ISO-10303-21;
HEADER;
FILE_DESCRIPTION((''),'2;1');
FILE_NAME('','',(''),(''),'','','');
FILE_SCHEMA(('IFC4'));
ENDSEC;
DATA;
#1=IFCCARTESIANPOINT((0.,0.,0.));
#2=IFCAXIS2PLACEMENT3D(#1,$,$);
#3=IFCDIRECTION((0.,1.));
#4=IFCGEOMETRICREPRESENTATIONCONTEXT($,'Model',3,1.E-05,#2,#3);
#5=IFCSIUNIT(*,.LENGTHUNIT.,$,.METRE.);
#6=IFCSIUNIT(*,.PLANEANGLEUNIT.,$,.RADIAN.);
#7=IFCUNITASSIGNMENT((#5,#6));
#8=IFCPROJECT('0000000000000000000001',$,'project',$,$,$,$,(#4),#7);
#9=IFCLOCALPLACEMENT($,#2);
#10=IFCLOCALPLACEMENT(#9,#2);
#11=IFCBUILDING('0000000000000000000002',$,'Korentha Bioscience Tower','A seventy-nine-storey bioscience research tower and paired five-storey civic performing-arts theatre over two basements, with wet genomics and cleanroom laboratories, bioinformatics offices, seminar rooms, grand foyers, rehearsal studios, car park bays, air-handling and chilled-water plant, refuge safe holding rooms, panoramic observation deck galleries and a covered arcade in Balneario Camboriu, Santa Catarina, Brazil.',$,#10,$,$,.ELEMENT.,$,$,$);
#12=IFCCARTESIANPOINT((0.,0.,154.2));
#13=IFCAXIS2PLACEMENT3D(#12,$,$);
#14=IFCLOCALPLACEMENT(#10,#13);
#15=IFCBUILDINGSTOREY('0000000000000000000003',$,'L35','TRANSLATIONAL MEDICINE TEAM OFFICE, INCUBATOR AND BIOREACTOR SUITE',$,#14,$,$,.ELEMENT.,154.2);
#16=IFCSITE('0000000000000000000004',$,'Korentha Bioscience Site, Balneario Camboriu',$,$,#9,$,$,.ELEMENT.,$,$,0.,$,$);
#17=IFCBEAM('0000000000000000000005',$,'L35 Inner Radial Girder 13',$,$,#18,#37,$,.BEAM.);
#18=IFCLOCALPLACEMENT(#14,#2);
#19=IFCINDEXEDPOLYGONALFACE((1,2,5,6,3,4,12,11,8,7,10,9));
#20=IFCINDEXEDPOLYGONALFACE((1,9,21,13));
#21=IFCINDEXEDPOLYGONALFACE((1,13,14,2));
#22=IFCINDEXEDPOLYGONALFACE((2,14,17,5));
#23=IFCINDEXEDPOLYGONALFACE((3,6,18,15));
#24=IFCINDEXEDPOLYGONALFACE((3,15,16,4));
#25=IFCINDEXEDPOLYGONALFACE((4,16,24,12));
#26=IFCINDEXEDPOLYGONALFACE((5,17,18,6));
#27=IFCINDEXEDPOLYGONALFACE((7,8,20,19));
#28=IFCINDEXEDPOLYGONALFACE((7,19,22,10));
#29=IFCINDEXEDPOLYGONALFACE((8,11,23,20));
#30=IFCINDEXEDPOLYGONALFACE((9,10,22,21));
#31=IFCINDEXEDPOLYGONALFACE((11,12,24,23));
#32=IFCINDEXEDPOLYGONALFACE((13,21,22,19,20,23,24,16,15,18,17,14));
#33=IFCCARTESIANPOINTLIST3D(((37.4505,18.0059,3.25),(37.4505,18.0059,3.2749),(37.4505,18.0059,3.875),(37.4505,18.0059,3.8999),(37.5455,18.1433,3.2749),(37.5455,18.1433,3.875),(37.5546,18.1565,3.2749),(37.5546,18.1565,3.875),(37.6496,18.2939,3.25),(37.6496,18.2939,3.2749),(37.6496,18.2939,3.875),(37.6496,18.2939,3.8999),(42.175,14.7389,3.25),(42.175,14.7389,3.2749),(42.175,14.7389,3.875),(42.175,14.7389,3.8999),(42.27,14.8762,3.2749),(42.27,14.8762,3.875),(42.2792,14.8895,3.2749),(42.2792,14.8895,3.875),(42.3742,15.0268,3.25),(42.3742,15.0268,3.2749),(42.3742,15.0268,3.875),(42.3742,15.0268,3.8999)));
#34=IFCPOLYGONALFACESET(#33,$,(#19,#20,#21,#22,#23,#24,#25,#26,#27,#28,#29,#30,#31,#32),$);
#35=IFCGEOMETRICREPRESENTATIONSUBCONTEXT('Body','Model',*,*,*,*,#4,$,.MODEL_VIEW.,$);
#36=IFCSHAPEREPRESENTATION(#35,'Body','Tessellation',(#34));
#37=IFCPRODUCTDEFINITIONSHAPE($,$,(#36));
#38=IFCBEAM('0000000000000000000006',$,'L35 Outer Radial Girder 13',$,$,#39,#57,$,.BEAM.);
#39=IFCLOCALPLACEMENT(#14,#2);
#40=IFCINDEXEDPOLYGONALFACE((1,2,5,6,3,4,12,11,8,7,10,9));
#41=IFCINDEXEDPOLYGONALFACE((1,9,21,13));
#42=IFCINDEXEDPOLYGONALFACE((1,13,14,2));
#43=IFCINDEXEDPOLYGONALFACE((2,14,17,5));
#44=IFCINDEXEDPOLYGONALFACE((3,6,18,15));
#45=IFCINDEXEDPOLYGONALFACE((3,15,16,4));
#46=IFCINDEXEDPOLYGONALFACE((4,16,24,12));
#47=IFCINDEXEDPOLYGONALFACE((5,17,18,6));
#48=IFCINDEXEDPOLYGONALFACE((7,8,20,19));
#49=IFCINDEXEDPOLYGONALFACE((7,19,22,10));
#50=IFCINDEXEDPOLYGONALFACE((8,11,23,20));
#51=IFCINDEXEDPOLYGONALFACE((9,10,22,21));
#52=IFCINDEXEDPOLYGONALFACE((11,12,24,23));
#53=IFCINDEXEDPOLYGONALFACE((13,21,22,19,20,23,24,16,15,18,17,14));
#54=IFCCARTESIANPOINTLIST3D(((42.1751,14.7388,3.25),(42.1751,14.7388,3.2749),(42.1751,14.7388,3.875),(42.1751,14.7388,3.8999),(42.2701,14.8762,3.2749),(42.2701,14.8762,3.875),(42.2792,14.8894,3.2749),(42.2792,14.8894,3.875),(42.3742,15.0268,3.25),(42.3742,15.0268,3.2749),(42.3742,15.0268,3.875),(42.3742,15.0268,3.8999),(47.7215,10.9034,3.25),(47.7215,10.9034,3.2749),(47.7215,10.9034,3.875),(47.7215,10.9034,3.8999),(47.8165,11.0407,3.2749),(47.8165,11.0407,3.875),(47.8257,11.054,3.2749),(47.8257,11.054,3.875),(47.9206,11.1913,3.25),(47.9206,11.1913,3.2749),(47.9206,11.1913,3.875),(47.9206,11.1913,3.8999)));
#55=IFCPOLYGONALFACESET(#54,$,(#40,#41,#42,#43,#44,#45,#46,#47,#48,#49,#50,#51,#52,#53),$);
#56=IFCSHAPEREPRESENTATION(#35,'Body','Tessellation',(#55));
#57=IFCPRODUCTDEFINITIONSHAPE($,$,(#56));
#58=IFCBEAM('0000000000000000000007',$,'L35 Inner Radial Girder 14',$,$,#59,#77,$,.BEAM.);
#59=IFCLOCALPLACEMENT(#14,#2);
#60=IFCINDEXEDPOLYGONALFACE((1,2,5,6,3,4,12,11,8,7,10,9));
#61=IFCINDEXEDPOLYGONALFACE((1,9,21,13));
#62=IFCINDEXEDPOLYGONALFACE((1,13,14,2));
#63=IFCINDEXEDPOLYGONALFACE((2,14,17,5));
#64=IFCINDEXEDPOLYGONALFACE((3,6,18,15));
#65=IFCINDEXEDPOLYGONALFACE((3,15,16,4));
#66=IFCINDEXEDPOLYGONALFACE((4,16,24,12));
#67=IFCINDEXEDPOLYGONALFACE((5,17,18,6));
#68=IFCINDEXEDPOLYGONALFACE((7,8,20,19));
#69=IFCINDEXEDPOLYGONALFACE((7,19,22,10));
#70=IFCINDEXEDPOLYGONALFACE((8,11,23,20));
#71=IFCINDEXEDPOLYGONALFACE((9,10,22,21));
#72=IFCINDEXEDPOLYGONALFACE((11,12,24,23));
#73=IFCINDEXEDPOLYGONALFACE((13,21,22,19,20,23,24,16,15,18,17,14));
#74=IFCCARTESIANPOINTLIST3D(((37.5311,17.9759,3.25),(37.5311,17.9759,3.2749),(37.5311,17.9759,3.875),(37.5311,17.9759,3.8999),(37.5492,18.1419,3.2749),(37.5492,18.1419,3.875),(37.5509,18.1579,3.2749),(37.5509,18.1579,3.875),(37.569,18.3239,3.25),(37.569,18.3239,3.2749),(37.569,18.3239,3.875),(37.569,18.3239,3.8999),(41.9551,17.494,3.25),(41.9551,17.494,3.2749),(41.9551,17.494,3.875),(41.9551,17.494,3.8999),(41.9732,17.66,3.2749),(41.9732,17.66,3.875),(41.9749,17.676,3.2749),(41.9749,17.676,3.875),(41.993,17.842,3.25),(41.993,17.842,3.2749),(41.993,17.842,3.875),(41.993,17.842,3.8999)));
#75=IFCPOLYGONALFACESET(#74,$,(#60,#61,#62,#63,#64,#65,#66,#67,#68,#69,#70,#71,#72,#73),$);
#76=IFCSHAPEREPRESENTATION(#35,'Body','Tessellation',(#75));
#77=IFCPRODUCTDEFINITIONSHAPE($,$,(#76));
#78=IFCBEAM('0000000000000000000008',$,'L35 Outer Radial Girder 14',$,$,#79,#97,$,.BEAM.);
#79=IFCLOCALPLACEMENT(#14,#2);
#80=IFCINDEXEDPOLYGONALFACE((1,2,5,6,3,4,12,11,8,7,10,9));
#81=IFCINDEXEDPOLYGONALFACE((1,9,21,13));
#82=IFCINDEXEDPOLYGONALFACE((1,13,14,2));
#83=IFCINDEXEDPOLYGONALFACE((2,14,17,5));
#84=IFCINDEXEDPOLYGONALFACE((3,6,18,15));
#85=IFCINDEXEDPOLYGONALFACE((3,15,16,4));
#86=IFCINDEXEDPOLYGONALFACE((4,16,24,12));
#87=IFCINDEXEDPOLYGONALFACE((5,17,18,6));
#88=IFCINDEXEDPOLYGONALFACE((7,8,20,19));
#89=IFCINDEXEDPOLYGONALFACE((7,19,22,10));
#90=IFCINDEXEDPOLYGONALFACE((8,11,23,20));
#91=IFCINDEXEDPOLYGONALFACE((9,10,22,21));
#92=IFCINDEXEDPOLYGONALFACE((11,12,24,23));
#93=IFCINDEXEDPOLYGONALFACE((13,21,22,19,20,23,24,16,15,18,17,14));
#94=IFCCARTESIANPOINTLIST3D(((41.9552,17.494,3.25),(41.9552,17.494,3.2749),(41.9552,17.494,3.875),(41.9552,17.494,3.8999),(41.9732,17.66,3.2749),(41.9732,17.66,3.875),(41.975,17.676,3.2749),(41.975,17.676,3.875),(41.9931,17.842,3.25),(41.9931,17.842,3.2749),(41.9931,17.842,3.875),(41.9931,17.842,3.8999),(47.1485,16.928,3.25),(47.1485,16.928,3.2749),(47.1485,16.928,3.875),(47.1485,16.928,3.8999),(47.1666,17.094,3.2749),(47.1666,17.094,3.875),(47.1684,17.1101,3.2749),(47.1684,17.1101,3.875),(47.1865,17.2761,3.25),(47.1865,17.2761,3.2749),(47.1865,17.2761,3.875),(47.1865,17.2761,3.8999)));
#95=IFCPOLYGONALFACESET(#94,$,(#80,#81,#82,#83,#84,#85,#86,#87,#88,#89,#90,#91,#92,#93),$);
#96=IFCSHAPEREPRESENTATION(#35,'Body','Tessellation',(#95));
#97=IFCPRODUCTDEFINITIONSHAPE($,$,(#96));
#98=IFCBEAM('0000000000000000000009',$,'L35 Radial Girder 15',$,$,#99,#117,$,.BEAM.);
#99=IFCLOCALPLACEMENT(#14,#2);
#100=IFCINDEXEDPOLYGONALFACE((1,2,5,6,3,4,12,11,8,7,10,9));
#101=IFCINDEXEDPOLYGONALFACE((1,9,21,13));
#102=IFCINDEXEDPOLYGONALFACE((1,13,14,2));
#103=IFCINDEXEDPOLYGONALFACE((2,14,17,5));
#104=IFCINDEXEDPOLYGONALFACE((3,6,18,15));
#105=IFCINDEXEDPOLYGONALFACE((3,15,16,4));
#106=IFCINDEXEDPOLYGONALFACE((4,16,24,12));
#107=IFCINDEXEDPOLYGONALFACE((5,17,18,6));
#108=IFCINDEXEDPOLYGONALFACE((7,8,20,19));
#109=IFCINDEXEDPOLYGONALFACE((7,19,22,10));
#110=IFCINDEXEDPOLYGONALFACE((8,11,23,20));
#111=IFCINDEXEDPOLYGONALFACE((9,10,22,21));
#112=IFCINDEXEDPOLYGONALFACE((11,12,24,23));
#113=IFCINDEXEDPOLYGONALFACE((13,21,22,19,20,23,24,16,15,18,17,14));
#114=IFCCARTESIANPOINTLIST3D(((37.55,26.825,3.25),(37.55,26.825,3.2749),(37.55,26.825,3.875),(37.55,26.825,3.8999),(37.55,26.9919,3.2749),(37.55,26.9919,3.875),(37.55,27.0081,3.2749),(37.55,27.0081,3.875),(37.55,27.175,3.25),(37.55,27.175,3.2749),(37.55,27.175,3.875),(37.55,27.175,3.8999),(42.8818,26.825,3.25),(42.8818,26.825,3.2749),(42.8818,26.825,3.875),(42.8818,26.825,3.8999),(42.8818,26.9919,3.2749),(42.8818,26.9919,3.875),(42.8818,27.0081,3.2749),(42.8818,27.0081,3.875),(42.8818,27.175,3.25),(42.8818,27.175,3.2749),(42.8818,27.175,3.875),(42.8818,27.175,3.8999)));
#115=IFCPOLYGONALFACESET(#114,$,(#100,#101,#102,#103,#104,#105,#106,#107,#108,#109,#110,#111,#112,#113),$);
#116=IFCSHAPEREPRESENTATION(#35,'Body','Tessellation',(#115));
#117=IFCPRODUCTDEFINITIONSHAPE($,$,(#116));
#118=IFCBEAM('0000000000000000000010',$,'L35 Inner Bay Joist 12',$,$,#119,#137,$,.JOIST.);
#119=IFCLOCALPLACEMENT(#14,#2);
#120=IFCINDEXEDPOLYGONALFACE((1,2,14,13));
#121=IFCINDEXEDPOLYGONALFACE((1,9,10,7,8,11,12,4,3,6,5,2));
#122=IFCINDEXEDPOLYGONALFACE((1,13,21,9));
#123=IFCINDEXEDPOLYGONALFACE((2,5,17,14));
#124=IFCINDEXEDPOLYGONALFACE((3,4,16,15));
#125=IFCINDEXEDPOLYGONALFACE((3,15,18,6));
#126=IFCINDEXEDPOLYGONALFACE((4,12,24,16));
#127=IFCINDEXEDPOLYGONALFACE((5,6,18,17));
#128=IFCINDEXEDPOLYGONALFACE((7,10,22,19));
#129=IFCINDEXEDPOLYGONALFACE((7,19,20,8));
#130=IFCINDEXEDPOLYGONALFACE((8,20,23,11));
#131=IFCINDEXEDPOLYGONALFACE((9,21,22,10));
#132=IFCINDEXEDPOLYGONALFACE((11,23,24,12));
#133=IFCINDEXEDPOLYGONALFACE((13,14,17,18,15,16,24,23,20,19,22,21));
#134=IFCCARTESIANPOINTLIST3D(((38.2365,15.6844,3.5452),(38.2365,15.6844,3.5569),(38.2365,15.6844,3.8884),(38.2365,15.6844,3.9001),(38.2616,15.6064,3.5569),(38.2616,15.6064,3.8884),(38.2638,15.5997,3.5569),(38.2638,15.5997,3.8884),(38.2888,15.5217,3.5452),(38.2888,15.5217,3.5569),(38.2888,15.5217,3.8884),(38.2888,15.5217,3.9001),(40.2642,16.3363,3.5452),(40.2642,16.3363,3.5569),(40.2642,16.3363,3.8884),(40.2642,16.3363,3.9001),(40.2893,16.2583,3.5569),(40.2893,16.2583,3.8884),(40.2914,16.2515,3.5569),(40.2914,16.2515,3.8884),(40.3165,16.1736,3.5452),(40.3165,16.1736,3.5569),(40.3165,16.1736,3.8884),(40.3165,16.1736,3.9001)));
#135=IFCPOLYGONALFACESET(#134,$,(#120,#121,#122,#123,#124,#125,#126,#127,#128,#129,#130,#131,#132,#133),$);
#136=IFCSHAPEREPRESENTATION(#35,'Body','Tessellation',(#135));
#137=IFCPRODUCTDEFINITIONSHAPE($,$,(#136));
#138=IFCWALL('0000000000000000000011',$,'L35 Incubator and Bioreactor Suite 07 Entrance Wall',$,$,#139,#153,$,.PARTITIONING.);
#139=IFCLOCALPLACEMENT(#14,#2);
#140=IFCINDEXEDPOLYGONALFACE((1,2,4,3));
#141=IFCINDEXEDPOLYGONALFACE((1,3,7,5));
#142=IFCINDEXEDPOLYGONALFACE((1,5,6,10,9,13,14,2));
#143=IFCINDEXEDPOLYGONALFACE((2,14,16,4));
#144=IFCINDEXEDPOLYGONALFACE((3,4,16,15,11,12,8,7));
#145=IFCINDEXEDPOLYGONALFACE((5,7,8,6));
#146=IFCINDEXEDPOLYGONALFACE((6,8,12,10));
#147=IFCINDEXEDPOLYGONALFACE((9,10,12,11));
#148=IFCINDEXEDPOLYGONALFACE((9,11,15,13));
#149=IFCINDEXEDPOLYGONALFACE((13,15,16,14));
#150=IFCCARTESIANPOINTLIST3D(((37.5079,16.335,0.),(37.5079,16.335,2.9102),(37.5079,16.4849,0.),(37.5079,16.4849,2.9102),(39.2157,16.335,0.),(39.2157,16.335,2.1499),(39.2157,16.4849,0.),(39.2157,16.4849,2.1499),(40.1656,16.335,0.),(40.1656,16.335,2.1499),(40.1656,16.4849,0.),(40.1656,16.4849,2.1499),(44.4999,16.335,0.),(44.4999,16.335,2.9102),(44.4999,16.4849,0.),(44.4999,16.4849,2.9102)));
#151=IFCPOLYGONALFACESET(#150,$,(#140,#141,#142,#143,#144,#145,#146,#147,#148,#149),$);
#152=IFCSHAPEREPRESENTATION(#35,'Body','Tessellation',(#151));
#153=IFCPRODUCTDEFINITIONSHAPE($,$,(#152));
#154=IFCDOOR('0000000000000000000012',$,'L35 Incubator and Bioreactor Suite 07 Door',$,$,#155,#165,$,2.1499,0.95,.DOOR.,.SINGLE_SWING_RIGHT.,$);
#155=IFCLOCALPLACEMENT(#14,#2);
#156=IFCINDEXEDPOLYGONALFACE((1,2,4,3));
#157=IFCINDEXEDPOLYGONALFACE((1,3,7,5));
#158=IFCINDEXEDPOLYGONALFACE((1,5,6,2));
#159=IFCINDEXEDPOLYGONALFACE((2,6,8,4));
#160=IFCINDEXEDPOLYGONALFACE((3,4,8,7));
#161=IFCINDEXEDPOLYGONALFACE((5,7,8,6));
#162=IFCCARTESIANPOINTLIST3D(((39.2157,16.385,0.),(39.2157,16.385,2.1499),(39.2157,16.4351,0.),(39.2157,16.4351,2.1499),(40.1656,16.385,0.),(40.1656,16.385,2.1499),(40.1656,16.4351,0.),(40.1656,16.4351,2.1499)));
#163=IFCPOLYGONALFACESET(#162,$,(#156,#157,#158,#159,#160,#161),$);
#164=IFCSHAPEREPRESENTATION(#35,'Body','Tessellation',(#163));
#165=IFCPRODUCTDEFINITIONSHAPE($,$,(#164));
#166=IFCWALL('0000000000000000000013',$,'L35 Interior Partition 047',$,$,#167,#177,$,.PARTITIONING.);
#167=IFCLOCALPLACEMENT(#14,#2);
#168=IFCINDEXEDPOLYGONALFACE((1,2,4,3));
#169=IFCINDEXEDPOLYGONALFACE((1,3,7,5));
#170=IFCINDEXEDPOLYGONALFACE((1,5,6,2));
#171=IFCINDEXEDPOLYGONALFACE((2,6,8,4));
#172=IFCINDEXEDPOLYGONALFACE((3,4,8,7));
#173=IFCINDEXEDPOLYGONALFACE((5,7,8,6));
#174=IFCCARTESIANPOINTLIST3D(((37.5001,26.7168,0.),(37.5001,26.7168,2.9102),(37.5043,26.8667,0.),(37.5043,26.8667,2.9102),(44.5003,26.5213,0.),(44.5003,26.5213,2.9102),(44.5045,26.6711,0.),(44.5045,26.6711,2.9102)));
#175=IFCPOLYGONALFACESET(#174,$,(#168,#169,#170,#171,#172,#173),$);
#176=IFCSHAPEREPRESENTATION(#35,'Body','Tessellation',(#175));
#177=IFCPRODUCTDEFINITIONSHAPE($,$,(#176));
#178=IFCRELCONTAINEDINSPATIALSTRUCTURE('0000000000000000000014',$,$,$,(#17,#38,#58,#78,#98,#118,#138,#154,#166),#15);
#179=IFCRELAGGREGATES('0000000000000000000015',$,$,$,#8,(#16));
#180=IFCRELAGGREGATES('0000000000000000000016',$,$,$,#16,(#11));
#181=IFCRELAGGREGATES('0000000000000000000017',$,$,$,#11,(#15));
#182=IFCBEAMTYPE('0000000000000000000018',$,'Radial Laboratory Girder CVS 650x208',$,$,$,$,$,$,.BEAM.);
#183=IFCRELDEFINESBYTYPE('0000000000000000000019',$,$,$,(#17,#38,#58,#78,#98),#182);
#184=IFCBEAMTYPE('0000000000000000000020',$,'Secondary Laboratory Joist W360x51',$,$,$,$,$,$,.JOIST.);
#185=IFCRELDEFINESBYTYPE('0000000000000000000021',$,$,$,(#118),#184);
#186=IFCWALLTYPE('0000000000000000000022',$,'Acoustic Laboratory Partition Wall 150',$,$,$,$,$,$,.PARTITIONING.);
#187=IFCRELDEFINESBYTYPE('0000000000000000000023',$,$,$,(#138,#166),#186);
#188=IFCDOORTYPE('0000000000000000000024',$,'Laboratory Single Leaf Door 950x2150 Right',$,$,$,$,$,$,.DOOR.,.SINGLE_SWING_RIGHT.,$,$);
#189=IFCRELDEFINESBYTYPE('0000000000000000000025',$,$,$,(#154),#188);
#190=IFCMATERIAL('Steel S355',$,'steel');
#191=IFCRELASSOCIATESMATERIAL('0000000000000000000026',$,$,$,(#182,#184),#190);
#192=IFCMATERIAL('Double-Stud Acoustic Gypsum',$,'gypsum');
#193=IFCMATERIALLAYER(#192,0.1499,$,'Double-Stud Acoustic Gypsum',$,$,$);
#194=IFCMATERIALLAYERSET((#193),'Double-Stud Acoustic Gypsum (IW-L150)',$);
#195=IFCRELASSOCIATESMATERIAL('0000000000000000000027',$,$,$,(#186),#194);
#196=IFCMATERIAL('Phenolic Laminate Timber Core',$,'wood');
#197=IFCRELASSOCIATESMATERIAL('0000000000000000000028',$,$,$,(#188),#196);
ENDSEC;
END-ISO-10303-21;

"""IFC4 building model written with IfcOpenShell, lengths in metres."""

from ifc_helpers import new_model, si_unit, direction, frame, frame_2d, origin, origin_2d, place, context, subcontext, project, spatial, rectangle, i_section, extrude, material, layer, layer_set, material_profile, profile_set, type_object, element, fill, save


model = new_model("IFC4")

# Units and contexts
model_context = context("Model", 3, precision=1e-05, world=origin(), true_north=direction((0.0, 1.0)))
body_context = subcontext(model_context, "Body", "Model", "MODEL_VIEW")
ifc_project = project(units=[si_unit("LENGTHUNIT", "METRE"), si_unit("PLANEANGLEUNIT", "RADIAN")], contexts=[model_context])

# Site, building, storey
site_placement = place(None, origin())
site = spatial("IfcSite", under=ifc_project, at=site_placement, Name="Korentha Bioscience Site, Balneario Camboriu", CompositionType="ELEMENT", RefElevation=0.0)
building_placement = place(site_placement, origin())
building = spatial("IfcBuilding", under=site, at=building_placement, Name="Korentha Bioscience Tower", Description="A seventy-nine-storey bioscience research tower and paired five-storey civic performing-arts theatre over two basements, with wet genomics and cleanroom laboratories, bioinformatics offices, seminar rooms, grand foyers, rehearsal studios, car park bays, air-handling and chilled-water plant, refuge safe holding rooms, panoramic observation deck galleries and a covered arcade in Balneario Camboriu, Santa Catarina, Brazil.", CompositionType="ELEMENT")
storey_placement = place(building_placement, frame((0.0, 0.0, 154.2)))
storey = spatial("IfcBuildingStorey", under=building, at=storey_placement, Name="L35", Description="TRANSLATIONAL MEDICINE TEAM OFFICE, INCUBATOR AND BIOREACTOR SUITE", CompositionType="ELEMENT", Elevation=154.2)

# Beams
ifc_material_1 = material(Name="Steel S355", Category="steel")
ifc_material_profile_1 = material_profile(ifc_material_1, i_section(OverallWidth=0.3501, OverallDepth=0.6499, WebThickness=0.0161, FlangeThickness=0.0249, at=origin_2d()), Name="Steel S355")
ifc_profile_set_1 = profile_set([ifc_material_profile_1], Name="Steel S355 (RB-650)")
beam_type_1 = type_object("IfcBeamType", Name="Radial Laboratory Girder CVS 650x208", PredefinedType="BEAM", material=ifc_profile_set_1)
beam_1_placement = place(storey_placement, frame((37.55, 18.1499, 3.575), z_axis=(0.822501, -0.568763, 0.0), x_axis=(0.568763, 0.822501, 0.0)))
element("IfcBeam", 1, at=beam_1_placement, inside=storey, type_object=beam_type_1, Name="L35 Inner Radial Girder 13", PredefinedType="BEAM", context=body_context, shape_type="SweptSolid", body=[
    extrude(i_section(OverallWidth=0.3501, OverallDepth=0.6499, WebThickness=0.0161, FlangeThickness=0.0249, at=origin_2d()), origin(), (0.0, 0.0, 1.0), 5.7441),
])
beam_2_placement = place(storey_placement, frame((42.2747, 14.8828, 3.575), z_axis=(0.822494, -0.568773, 0.0), x_axis=(0.568773, 0.822494, 0.0)))
element("IfcBeam", 2, at=beam_2_placement, inside=storey, type_object=beam_type_1, Name="L35 Outer Radial Girder 13", PredefinedType="BEAM", context=body_context, shape_type="SweptSolid", body=[
    extrude(i_section(OverallWidth=0.3501, OverallDepth=0.6499, WebThickness=0.0161, FlangeThickness=0.0249, at=origin_2d()), origin(), (0.0, 0.0, 1.0), 6.7434),
])
beam_3_placement = place(storey_placement, frame((37.55, 18.1499, 3.575), z_axis=(0.994119, -0.108294, 0.0), x_axis=(0.108294, 0.994119, 0.0)))
element("IfcBeam", 3, at=beam_3_placement, inside=storey, type_object=beam_type_1, Name="L35 Inner Radial Girder 14", PredefinedType="BEAM", context=body_context, shape_type="SweptSolid", body=[
    extrude(i_section(OverallWidth=0.3501, OverallDepth=0.6499, WebThickness=0.0161, FlangeThickness=0.0249, at=origin_2d()), origin(), (0.0, 0.0, 1.0), 4.4502),
])
beam_4_placement = place(storey_placement, frame((41.9741, 17.668, 3.575), z_axis=(0.994115, -0.108328, 0.0), x_axis=(0.108328, 0.994115, 0.0)))
element("IfcBeam", 4, at=beam_4_placement, inside=storey, type_object=beam_type_1, Name="L35 Outer Radial Girder 14", PredefinedType="BEAM", context=body_context, shape_type="SweptSolid", body=[
    extrude(i_section(OverallWidth=0.3501, OverallDepth=0.6499, WebThickness=0.0161, FlangeThickness=0.0249, at=origin_2d()), origin(), (0.0, 0.0, 1.0), 5.2241),
])
beam_5_placement = place(storey_placement, frame((37.55, 27.0, 3.575), z_axis=(1.0, 0.0, 0.0), x_axis=(0.0, 1.0, 0.0)))
element("IfcBeam", 5, at=beam_5_placement, inside=storey, type_object=beam_type_1, Name="L35 Radial Girder 15", PredefinedType="BEAM", context=body_context, shape_type="SweptSolid", body=[
    extrude(i_section(OverallWidth=0.3501, OverallDepth=0.6499, WebThickness=0.0161, FlangeThickness=0.0249, at=origin_2d()), origin(), (0.0, 0.0, 1.0), 5.3318),
])
ifc_material_profile_2 = material_profile(ifc_material_1, i_section(OverallWidth=0.1709, OverallDepth=0.355, WebThickness=0.0071, FlangeThickness=0.0117, at=origin_2d()), Name="Steel S355")
ifc_profile_set_2 = profile_set([ifc_material_profile_2], Name="Steel S355 (JB-360)")
beam_type_2 = type_object("IfcBeamType", Name="Secondary Laboratory Joist W360x51", PredefinedType="JOIST", material=ifc_profile_set_2)
beam_6_placement = place(storey_placement, frame((38.2627, 15.603, 3.7227), z_axis=(0.952011, 0.306065, 0.0), x_axis=(-0.306065, 0.952011, 0.0)))
element("IfcBeam", 6, at=beam_6_placement, inside=storey, type_object=beam_type_2, Name="L35 Inner Bay Joist 12", PredefinedType="JOIST", context=body_context, shape_type="SweptSolid", body=[
    extrude(i_section(OverallWidth=0.1709, OverallDepth=0.355, WebThickness=0.0071, FlangeThickness=0.0117, at=origin_2d()), origin(), (0.0, 0.0, 1.0), 2.1299),
])

# Wall, opening, door
ifc_material_2 = material(Name="Double-Stud Acoustic Gypsum", Category="gypsum")
ifc_layer_1 = layer(ifc_material_2, 0.1499, Name="Double-Stud Acoustic Gypsum")
ifc_layer_set_1 = layer_set([ifc_layer_1], Name="Double-Stud Acoustic Gypsum (IW-L150)")
wall_type_1 = type_object("IfcWallType", Name="Acoustic Laboratory Partition Wall 150", PredefinedType="PARTITIONING", material=ifc_layer_set_1)
wall_1_placement = place(storey_placement, frame((44.5, 16.4099, 0.0), z_axis=(0.0, 0.0, 1.0), x_axis=(-1.0, 0.0, 0.0)))
wall_1 = element("IfcWall", 7, at=wall_1_placement, inside=storey, type_object=wall_type_1, Name="L35 Incubator and Bioreactor Suite 07 Entrance Wall", PredefinedType="PARTITIONING", context=body_context, shape_type="SweptSolid", body=[
    extrude(rectangle(XDim=6.9919, YDim=0.1499, at=frame_2d((3.4961, 0.0))), origin(), (0.0, 0.0, 1.0), 2.9102),
])
opening_placement = place(wall_1_placement, frame((4.3342, 0.0, 0.0)))
opening = element("IfcOpeningElement", 8, at=opening_placement, cuts=wall_1, PredefinedType="OPENING", context=body_context, shape_type="SweptSolid", body=[
    extrude(rectangle(XDim=0.95, YDim=2.1499, at=frame_2d((0.4751, 1.075))), frame((0.0, 0.0898, 0.0), z_axis=(0.0, -1.0, 0.0), x_axis=(1.0, 0.0, 0.0)), (0.0, 0.0, 1.0), 0.1797),
])
ifc_material_3 = material(Name="Phenolic Laminate Timber Core", Category="wood")
door_type = type_object("IfcDoorType", Name="Laboratory Single Leaf Door 950x2150 Right", OperationType="SINGLE_SWING_RIGHT", PredefinedType="DOOR", material=ifc_material_3)
door_placement = place(opening_placement, origin())
door = element("IfcDoor", 9, at=door_placement, inside=storey, type_object=door_type, Name="L35 Incubator and Bioreactor Suite 07 Door", OperationType="SINGLE_SWING_RIGHT", OverallHeight=2.1499, OverallWidth=0.95, PredefinedType="DOOR", context=body_context, shape_type="SweptSolid", body=[
    extrude(rectangle(XDim=0.95, YDim=2.1499, at=frame_2d((0.4751, 1.075))), frame((0.0, 0.0249, 0.0), z_axis=(0.0, -1.0, 0.0), x_axis=(1.0, 0.0, 0.0)), (0.0, 0.0, 1.0), 0.05),
])
fill(opening, door)

# Wall
wall_2_placement = place(storey_placement, frame((37.5022, 26.7917, 0.0), z_axis=(0.0, 0.0, 1.0), x_axis=(0.99961, -0.027925, 0.0)))
element("IfcWall", 10, at=wall_2_placement, inside=storey, type_object=wall_type_1, Name="L35 Interior Partition 047", PredefinedType="PARTITIONING", context=body_context, shape_type="SweptSolid", body=[
    extrude(rectangle(XDim=7.0029, YDim=0.1499, at=frame_2d((3.5015, 0.0))), origin(), (0.0, 0.0, 1.0), 2.9102),
])

save(model, "model.ifc")
